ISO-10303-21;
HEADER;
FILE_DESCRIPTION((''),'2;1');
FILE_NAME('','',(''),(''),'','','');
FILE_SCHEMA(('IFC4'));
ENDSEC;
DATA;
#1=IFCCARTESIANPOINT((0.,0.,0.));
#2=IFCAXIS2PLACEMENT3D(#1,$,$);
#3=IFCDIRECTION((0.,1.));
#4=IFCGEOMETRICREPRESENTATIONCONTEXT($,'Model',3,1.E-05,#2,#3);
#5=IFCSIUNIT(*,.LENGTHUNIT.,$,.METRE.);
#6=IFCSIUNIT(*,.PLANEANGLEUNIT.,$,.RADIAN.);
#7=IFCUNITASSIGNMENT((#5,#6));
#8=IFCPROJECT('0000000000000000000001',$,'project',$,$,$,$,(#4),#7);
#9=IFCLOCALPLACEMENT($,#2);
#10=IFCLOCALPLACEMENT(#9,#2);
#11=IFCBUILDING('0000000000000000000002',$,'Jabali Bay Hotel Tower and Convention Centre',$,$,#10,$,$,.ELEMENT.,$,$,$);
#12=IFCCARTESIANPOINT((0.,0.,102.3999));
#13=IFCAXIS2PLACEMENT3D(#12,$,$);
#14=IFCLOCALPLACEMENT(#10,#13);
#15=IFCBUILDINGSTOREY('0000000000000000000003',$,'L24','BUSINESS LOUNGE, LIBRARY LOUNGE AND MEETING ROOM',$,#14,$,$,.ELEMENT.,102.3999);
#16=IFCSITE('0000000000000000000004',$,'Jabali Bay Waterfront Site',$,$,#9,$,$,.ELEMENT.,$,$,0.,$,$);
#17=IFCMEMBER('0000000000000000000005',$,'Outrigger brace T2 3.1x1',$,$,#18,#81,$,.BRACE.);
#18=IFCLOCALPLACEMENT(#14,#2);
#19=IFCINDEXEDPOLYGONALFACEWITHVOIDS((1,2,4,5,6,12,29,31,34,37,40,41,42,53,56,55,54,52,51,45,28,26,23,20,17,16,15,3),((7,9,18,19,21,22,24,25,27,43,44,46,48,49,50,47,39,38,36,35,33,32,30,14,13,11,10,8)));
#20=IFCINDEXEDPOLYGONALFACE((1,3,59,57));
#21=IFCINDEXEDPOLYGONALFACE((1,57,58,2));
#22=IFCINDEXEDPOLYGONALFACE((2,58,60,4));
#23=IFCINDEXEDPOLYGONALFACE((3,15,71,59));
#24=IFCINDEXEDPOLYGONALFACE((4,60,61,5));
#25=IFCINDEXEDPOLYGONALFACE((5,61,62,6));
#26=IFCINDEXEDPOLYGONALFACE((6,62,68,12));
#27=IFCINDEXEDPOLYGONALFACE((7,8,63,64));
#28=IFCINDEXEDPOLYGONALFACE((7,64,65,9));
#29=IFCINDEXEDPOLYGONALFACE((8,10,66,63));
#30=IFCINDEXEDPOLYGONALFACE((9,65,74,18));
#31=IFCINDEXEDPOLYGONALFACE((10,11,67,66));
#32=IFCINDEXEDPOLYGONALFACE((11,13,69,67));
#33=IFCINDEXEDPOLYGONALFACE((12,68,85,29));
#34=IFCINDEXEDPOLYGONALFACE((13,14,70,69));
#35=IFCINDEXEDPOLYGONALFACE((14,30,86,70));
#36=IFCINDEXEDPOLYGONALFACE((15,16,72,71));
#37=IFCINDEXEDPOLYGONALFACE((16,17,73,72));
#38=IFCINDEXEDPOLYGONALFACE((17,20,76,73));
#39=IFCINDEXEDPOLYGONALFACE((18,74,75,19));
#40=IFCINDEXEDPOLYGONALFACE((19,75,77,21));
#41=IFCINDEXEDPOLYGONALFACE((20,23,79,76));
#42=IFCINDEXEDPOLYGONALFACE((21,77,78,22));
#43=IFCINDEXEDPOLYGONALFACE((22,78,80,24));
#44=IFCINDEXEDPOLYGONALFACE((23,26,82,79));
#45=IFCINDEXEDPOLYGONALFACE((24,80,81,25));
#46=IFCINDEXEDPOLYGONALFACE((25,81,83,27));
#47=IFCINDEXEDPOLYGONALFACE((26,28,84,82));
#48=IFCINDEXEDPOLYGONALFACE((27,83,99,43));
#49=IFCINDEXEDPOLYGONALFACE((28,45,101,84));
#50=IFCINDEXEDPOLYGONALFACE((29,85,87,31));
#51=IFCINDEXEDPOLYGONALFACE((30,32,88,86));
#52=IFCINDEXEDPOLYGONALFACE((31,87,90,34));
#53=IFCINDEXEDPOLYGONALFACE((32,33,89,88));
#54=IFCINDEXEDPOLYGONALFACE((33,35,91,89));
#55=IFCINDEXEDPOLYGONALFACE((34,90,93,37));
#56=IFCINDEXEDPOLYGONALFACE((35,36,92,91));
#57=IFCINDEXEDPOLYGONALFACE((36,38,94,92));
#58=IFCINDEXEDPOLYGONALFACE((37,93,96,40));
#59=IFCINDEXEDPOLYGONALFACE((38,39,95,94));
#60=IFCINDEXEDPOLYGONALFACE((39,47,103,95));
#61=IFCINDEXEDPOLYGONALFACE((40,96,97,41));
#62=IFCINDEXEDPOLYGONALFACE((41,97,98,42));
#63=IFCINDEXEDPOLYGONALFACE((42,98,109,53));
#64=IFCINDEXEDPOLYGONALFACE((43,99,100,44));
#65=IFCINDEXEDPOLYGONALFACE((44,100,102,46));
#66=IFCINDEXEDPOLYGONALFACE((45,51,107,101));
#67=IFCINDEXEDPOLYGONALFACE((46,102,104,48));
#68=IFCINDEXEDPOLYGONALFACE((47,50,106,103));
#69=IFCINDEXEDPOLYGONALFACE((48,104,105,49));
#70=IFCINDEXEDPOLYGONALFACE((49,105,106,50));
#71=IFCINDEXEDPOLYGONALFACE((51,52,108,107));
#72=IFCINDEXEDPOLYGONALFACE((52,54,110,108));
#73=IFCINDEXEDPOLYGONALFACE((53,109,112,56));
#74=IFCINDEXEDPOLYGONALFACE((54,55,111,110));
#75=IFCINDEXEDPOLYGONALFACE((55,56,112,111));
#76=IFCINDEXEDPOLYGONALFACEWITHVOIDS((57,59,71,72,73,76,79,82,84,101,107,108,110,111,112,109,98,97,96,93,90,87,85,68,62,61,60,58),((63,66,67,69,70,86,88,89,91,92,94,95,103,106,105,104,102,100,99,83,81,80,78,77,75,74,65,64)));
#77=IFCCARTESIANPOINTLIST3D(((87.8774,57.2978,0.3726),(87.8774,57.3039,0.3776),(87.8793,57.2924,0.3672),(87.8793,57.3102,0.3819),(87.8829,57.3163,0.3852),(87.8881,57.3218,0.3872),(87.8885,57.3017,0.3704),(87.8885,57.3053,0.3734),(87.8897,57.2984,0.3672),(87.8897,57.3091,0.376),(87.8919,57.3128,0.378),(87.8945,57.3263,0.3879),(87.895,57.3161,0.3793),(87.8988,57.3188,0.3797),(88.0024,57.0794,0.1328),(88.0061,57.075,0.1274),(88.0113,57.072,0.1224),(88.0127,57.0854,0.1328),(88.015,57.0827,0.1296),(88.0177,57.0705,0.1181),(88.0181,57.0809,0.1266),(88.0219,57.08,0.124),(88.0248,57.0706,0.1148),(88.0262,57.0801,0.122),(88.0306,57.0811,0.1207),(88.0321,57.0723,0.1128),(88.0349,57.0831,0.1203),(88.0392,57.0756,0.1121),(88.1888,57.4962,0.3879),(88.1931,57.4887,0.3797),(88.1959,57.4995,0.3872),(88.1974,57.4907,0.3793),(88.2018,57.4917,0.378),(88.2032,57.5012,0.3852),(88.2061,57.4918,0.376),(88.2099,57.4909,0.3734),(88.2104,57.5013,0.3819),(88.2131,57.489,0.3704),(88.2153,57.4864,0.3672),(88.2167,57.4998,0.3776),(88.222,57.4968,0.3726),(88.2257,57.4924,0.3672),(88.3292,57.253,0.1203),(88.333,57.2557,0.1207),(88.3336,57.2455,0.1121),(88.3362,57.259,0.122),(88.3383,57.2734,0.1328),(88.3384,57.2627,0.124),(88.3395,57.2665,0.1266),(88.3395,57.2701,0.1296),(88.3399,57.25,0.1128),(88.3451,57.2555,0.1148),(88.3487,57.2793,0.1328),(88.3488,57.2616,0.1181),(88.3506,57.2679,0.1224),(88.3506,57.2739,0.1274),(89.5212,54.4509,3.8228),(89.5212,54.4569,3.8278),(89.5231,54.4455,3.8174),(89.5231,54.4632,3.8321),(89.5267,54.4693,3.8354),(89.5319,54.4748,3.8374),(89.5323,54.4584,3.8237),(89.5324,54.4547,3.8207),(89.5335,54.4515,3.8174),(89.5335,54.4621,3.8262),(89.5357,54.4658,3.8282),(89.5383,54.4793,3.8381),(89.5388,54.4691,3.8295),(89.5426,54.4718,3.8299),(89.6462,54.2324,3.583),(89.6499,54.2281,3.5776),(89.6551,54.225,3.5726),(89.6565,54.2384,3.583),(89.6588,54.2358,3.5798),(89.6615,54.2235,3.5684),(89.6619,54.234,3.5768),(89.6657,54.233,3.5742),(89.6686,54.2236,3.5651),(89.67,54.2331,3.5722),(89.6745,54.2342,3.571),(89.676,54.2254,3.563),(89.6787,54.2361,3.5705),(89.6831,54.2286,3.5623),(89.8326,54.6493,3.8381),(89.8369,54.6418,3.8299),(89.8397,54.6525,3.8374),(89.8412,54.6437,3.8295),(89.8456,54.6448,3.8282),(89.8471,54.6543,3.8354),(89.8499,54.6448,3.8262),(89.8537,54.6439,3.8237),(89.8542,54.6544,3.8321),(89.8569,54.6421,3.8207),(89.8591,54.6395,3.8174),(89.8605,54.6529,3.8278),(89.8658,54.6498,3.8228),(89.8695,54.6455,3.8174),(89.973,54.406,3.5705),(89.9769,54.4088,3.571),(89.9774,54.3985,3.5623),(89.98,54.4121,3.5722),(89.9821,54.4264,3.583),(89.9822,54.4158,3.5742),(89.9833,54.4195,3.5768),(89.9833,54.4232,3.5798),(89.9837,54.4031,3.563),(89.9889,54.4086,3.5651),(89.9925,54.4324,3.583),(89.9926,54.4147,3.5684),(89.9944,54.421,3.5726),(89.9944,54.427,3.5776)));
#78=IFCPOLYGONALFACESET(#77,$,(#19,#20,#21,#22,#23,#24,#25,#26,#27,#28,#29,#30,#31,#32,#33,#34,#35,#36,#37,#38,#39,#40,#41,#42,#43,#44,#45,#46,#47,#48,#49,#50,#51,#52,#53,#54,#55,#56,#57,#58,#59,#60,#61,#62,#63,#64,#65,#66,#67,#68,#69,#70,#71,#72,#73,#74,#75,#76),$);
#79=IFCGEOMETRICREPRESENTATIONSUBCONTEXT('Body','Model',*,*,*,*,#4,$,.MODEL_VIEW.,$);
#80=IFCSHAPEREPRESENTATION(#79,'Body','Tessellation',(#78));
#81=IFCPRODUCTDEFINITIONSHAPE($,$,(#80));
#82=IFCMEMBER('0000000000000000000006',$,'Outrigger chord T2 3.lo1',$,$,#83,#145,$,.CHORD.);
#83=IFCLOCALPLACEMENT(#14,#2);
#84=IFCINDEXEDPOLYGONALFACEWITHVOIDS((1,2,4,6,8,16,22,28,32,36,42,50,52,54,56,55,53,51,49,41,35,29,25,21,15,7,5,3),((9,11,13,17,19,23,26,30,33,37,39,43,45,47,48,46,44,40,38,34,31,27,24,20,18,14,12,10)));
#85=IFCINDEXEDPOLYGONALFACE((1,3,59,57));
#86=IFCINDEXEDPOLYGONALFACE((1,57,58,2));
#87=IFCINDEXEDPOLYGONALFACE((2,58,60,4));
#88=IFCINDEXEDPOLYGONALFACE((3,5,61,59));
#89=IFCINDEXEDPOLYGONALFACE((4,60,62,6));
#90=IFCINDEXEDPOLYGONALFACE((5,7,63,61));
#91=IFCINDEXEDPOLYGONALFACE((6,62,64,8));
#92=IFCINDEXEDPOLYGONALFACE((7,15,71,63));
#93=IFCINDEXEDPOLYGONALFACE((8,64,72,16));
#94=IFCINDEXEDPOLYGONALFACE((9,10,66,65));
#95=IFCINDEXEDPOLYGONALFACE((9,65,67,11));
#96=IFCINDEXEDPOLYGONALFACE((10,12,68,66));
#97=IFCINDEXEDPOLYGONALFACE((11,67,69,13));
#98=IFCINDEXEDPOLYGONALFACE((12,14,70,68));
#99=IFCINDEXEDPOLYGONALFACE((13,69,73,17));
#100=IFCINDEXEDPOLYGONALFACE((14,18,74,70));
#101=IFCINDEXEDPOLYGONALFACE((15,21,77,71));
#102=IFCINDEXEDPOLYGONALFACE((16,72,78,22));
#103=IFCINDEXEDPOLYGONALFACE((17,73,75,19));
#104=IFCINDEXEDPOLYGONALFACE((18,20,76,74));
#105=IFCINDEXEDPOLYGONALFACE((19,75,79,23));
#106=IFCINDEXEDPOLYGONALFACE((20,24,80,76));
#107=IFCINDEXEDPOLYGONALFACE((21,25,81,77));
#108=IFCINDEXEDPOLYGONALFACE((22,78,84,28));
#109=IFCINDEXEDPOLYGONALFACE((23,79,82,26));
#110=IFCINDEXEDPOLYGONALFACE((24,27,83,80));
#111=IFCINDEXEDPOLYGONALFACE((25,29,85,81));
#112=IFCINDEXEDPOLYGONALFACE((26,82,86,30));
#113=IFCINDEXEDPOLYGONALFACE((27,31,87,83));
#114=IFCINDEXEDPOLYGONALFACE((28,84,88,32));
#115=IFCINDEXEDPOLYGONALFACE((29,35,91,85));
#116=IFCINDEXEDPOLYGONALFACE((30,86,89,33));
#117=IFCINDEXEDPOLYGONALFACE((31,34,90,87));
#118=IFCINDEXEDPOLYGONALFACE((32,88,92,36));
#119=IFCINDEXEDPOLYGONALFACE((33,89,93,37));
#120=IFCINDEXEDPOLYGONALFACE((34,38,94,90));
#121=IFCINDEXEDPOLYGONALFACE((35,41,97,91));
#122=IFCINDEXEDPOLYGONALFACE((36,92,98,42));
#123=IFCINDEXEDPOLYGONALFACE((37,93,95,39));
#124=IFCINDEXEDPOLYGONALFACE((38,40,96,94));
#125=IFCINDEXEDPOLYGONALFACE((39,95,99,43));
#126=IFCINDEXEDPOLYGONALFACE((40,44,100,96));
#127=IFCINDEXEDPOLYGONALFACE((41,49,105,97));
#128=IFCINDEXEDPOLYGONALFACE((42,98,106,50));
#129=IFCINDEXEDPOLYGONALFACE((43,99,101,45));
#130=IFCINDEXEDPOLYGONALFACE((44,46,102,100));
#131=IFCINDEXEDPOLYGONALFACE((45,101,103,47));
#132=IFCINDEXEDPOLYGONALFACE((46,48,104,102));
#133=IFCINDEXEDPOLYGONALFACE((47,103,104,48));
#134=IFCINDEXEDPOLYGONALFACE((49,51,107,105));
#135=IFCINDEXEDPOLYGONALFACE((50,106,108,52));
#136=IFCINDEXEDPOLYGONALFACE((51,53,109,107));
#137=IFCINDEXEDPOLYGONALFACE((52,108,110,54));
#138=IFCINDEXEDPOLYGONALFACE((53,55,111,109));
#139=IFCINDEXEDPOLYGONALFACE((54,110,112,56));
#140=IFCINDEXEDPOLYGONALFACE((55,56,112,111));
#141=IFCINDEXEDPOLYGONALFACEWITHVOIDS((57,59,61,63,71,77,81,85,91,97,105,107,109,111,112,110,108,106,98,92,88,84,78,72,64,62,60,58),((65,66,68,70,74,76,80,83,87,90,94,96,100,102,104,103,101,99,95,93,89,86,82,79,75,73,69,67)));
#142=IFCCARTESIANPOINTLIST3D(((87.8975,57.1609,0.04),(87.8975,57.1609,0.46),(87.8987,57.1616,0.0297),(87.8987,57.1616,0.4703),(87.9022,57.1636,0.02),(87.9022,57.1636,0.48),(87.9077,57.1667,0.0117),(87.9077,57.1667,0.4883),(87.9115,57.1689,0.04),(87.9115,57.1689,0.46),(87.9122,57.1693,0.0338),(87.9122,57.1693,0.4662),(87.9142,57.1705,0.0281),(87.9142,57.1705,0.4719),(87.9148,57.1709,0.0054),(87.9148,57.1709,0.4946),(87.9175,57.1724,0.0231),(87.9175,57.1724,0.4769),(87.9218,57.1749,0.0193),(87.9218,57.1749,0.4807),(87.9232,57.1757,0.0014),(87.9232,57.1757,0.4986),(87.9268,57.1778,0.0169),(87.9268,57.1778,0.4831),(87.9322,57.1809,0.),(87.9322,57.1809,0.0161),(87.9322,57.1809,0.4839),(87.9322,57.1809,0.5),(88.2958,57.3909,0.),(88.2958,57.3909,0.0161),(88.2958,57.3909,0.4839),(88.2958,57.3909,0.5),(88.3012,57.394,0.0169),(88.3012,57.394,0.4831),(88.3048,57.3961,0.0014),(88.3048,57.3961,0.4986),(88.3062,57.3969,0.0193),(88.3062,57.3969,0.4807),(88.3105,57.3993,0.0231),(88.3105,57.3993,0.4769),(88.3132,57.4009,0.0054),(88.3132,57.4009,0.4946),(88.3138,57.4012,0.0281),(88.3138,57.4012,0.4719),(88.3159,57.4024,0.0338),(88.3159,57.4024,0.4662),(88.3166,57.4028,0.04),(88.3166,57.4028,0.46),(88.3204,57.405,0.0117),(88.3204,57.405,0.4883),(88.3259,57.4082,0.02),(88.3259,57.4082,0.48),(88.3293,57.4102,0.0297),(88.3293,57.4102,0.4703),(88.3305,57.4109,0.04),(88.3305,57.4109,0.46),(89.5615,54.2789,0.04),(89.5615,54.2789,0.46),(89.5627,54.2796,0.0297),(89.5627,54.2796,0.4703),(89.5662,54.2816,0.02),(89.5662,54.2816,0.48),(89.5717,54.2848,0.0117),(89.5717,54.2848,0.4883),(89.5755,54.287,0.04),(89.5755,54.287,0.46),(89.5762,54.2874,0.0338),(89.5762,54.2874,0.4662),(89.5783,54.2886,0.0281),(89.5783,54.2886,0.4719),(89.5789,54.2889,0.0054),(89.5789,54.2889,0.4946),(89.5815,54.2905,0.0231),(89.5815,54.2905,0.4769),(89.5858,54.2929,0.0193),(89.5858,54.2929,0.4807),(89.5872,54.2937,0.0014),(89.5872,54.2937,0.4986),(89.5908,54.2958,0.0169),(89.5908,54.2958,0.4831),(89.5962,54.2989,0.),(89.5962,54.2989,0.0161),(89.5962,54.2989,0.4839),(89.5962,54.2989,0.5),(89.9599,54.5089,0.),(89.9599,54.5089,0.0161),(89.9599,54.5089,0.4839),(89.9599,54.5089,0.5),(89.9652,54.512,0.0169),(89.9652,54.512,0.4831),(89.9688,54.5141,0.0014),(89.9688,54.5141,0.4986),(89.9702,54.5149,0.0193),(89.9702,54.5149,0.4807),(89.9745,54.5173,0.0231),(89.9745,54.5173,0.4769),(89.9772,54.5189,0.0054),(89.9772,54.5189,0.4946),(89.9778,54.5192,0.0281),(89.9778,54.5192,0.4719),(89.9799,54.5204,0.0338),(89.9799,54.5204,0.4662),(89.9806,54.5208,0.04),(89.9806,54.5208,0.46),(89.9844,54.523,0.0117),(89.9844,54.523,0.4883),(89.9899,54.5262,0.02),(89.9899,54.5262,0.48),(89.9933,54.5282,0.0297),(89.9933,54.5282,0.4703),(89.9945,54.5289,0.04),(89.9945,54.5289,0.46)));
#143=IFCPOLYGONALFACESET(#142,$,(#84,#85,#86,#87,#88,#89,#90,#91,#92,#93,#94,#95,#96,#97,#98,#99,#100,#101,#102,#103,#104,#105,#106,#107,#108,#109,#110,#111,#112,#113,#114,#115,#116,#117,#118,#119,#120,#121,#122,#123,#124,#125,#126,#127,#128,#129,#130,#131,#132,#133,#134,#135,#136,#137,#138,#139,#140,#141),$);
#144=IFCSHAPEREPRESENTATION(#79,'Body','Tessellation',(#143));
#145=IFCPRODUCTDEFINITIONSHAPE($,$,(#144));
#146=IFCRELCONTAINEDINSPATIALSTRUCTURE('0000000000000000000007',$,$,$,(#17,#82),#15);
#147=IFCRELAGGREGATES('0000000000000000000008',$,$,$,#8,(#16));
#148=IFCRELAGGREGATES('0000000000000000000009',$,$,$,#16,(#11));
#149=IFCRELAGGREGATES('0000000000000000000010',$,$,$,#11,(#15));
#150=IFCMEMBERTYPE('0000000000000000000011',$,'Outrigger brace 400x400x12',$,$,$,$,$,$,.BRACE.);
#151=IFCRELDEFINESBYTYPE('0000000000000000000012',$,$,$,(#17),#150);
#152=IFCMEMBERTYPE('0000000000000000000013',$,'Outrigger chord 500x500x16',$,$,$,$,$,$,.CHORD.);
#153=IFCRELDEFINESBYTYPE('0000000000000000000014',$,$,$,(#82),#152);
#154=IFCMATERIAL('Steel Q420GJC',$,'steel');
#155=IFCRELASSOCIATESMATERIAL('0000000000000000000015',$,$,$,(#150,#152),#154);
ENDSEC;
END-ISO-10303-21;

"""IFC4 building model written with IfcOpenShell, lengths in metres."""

from ifc_helpers import new_model, si_unit, direction, frame, origin, origin_2d, place, context, subcontext, project, spatial, hollow_rectangle, extrude, material, material_profile, profile_set, type_object, element, save


model = new_model("IFC4")

# Units and contexts
model_context = context("Model", 3, precision=1e-05, world=origin(), true_north=direction((0.0, 1.0)))
body_context = subcontext(model_context, "Body", "Model", "MODEL_VIEW")
ifc_project = project(units=[si_unit("LENGTHUNIT", "METRE"), si_unit("PLANEANGLEUNIT", "RADIAN")], contexts=[model_context])

# Site, building, storey
site_placement = place(None, origin())
site = spatial("IfcSite", under=ifc_project, at=site_placement, Name="Jabali Bay Waterfront Site", CompositionType="ELEMENT", RefElevation=0.0)
building_placement = place(site_placement, origin())
building = spatial("IfcBuilding", under=site, at=building_placement, Name="Jabali Bay Hotel Tower and Convention Centre", CompositionType="ELEMENT")
storey_placement = place(building_placement, frame((0.0, 0.0, 102.3999)))
storey = spatial("IfcBuildingStorey", under=building, at=storey_placement, Name="L24", Description="BUSINESS LOUNGE, LIBRARY LOUNGE AND MEETING ROOM", CompositionType="ELEMENT", Elevation=102.3999)

# Shared definitions
ifc_material_1 = material(Name="Steel Q420GJC", Category="steel")

# Members
ifc_material_profile_1 = material_profile(ifc_material_1, hollow_rectangle(XDim=0.3999, YDim=0.3999, WallThickness=0.012, InnerFilletRadius=0.0181, OuterFilletRadius=0.03, at=origin_2d()), Name="Outrigger brace 400x400x12")
ifc_profile_set_1 = profile_set([ifc_material_profile_1], Name="Steel Q420GJC")
member_type_1 = type_object("IfcMemberType", Name="Outrigger brace 400x400x12", PredefinedType="BRACE", material=ifc_profile_set_1)
member_1_placement = place(storey_placement, frame((88.114, 57.2859, 0.25), z_axis=(0.34493, -0.597391, 0.72398), x_axis=(0.866009, 0.500029, 0.0)))
element("IfcMember", 1, at=member_1_placement, inside=storey, type_object=member_type_1, Name="Outrigger brace T2 3.1x1", PredefinedType="BRACE", context=body_context, shape_type="SweptSolid", body=[
    extrude(hollow_rectangle(XDim=0.3999, YDim=0.3999, WallThickness=0.012, InnerFilletRadius=0.0181, OuterFilletRadius=0.03, at=origin_2d()), origin(), (0.0, 0.0, 1.0), 4.7656),
])
ifc_material_profile_2 = material_profile(ifc_material_1, hollow_rectangle(XDim=0.5, YDim=0.5, WallThickness=0.0161, InnerFilletRadius=0.0239, OuterFilletRadius=0.04, at=origin_2d()), Name="Outrigger chord 500x500x16")
ifc_profile_set_2 = profile_set([ifc_material_profile_2], Name="Steel Q420GJC")
member_type_2 = type_object("IfcMemberType", Name="Outrigger chord 500x500x16", PredefinedType="CHORD", material=ifc_profile_set_2)
member_2_placement = place(storey_placement, frame((88.114, 57.2859, 0.25), z_axis=(0.500021, -0.866013, 0.0), x_axis=(0.866013, 0.500021, 0.0)))
element("IfcMember", 2, at=member_2_placement, inside=storey, type_object=member_type_2, Name="Outrigger chord T2 3.lo1", PredefinedType="CHORD", context=body_context, shape_type="SweptSolid", body=[
    extrude(hollow_rectangle(XDim=0.5, YDim=0.5, WallThickness=0.0161, InnerFilletRadius=0.0239, OuterFilletRadius=0.04, at=origin_2d()), origin(), (0.0, 0.0, 1.0), 3.3279),
])

save(model, "model.ifc")
